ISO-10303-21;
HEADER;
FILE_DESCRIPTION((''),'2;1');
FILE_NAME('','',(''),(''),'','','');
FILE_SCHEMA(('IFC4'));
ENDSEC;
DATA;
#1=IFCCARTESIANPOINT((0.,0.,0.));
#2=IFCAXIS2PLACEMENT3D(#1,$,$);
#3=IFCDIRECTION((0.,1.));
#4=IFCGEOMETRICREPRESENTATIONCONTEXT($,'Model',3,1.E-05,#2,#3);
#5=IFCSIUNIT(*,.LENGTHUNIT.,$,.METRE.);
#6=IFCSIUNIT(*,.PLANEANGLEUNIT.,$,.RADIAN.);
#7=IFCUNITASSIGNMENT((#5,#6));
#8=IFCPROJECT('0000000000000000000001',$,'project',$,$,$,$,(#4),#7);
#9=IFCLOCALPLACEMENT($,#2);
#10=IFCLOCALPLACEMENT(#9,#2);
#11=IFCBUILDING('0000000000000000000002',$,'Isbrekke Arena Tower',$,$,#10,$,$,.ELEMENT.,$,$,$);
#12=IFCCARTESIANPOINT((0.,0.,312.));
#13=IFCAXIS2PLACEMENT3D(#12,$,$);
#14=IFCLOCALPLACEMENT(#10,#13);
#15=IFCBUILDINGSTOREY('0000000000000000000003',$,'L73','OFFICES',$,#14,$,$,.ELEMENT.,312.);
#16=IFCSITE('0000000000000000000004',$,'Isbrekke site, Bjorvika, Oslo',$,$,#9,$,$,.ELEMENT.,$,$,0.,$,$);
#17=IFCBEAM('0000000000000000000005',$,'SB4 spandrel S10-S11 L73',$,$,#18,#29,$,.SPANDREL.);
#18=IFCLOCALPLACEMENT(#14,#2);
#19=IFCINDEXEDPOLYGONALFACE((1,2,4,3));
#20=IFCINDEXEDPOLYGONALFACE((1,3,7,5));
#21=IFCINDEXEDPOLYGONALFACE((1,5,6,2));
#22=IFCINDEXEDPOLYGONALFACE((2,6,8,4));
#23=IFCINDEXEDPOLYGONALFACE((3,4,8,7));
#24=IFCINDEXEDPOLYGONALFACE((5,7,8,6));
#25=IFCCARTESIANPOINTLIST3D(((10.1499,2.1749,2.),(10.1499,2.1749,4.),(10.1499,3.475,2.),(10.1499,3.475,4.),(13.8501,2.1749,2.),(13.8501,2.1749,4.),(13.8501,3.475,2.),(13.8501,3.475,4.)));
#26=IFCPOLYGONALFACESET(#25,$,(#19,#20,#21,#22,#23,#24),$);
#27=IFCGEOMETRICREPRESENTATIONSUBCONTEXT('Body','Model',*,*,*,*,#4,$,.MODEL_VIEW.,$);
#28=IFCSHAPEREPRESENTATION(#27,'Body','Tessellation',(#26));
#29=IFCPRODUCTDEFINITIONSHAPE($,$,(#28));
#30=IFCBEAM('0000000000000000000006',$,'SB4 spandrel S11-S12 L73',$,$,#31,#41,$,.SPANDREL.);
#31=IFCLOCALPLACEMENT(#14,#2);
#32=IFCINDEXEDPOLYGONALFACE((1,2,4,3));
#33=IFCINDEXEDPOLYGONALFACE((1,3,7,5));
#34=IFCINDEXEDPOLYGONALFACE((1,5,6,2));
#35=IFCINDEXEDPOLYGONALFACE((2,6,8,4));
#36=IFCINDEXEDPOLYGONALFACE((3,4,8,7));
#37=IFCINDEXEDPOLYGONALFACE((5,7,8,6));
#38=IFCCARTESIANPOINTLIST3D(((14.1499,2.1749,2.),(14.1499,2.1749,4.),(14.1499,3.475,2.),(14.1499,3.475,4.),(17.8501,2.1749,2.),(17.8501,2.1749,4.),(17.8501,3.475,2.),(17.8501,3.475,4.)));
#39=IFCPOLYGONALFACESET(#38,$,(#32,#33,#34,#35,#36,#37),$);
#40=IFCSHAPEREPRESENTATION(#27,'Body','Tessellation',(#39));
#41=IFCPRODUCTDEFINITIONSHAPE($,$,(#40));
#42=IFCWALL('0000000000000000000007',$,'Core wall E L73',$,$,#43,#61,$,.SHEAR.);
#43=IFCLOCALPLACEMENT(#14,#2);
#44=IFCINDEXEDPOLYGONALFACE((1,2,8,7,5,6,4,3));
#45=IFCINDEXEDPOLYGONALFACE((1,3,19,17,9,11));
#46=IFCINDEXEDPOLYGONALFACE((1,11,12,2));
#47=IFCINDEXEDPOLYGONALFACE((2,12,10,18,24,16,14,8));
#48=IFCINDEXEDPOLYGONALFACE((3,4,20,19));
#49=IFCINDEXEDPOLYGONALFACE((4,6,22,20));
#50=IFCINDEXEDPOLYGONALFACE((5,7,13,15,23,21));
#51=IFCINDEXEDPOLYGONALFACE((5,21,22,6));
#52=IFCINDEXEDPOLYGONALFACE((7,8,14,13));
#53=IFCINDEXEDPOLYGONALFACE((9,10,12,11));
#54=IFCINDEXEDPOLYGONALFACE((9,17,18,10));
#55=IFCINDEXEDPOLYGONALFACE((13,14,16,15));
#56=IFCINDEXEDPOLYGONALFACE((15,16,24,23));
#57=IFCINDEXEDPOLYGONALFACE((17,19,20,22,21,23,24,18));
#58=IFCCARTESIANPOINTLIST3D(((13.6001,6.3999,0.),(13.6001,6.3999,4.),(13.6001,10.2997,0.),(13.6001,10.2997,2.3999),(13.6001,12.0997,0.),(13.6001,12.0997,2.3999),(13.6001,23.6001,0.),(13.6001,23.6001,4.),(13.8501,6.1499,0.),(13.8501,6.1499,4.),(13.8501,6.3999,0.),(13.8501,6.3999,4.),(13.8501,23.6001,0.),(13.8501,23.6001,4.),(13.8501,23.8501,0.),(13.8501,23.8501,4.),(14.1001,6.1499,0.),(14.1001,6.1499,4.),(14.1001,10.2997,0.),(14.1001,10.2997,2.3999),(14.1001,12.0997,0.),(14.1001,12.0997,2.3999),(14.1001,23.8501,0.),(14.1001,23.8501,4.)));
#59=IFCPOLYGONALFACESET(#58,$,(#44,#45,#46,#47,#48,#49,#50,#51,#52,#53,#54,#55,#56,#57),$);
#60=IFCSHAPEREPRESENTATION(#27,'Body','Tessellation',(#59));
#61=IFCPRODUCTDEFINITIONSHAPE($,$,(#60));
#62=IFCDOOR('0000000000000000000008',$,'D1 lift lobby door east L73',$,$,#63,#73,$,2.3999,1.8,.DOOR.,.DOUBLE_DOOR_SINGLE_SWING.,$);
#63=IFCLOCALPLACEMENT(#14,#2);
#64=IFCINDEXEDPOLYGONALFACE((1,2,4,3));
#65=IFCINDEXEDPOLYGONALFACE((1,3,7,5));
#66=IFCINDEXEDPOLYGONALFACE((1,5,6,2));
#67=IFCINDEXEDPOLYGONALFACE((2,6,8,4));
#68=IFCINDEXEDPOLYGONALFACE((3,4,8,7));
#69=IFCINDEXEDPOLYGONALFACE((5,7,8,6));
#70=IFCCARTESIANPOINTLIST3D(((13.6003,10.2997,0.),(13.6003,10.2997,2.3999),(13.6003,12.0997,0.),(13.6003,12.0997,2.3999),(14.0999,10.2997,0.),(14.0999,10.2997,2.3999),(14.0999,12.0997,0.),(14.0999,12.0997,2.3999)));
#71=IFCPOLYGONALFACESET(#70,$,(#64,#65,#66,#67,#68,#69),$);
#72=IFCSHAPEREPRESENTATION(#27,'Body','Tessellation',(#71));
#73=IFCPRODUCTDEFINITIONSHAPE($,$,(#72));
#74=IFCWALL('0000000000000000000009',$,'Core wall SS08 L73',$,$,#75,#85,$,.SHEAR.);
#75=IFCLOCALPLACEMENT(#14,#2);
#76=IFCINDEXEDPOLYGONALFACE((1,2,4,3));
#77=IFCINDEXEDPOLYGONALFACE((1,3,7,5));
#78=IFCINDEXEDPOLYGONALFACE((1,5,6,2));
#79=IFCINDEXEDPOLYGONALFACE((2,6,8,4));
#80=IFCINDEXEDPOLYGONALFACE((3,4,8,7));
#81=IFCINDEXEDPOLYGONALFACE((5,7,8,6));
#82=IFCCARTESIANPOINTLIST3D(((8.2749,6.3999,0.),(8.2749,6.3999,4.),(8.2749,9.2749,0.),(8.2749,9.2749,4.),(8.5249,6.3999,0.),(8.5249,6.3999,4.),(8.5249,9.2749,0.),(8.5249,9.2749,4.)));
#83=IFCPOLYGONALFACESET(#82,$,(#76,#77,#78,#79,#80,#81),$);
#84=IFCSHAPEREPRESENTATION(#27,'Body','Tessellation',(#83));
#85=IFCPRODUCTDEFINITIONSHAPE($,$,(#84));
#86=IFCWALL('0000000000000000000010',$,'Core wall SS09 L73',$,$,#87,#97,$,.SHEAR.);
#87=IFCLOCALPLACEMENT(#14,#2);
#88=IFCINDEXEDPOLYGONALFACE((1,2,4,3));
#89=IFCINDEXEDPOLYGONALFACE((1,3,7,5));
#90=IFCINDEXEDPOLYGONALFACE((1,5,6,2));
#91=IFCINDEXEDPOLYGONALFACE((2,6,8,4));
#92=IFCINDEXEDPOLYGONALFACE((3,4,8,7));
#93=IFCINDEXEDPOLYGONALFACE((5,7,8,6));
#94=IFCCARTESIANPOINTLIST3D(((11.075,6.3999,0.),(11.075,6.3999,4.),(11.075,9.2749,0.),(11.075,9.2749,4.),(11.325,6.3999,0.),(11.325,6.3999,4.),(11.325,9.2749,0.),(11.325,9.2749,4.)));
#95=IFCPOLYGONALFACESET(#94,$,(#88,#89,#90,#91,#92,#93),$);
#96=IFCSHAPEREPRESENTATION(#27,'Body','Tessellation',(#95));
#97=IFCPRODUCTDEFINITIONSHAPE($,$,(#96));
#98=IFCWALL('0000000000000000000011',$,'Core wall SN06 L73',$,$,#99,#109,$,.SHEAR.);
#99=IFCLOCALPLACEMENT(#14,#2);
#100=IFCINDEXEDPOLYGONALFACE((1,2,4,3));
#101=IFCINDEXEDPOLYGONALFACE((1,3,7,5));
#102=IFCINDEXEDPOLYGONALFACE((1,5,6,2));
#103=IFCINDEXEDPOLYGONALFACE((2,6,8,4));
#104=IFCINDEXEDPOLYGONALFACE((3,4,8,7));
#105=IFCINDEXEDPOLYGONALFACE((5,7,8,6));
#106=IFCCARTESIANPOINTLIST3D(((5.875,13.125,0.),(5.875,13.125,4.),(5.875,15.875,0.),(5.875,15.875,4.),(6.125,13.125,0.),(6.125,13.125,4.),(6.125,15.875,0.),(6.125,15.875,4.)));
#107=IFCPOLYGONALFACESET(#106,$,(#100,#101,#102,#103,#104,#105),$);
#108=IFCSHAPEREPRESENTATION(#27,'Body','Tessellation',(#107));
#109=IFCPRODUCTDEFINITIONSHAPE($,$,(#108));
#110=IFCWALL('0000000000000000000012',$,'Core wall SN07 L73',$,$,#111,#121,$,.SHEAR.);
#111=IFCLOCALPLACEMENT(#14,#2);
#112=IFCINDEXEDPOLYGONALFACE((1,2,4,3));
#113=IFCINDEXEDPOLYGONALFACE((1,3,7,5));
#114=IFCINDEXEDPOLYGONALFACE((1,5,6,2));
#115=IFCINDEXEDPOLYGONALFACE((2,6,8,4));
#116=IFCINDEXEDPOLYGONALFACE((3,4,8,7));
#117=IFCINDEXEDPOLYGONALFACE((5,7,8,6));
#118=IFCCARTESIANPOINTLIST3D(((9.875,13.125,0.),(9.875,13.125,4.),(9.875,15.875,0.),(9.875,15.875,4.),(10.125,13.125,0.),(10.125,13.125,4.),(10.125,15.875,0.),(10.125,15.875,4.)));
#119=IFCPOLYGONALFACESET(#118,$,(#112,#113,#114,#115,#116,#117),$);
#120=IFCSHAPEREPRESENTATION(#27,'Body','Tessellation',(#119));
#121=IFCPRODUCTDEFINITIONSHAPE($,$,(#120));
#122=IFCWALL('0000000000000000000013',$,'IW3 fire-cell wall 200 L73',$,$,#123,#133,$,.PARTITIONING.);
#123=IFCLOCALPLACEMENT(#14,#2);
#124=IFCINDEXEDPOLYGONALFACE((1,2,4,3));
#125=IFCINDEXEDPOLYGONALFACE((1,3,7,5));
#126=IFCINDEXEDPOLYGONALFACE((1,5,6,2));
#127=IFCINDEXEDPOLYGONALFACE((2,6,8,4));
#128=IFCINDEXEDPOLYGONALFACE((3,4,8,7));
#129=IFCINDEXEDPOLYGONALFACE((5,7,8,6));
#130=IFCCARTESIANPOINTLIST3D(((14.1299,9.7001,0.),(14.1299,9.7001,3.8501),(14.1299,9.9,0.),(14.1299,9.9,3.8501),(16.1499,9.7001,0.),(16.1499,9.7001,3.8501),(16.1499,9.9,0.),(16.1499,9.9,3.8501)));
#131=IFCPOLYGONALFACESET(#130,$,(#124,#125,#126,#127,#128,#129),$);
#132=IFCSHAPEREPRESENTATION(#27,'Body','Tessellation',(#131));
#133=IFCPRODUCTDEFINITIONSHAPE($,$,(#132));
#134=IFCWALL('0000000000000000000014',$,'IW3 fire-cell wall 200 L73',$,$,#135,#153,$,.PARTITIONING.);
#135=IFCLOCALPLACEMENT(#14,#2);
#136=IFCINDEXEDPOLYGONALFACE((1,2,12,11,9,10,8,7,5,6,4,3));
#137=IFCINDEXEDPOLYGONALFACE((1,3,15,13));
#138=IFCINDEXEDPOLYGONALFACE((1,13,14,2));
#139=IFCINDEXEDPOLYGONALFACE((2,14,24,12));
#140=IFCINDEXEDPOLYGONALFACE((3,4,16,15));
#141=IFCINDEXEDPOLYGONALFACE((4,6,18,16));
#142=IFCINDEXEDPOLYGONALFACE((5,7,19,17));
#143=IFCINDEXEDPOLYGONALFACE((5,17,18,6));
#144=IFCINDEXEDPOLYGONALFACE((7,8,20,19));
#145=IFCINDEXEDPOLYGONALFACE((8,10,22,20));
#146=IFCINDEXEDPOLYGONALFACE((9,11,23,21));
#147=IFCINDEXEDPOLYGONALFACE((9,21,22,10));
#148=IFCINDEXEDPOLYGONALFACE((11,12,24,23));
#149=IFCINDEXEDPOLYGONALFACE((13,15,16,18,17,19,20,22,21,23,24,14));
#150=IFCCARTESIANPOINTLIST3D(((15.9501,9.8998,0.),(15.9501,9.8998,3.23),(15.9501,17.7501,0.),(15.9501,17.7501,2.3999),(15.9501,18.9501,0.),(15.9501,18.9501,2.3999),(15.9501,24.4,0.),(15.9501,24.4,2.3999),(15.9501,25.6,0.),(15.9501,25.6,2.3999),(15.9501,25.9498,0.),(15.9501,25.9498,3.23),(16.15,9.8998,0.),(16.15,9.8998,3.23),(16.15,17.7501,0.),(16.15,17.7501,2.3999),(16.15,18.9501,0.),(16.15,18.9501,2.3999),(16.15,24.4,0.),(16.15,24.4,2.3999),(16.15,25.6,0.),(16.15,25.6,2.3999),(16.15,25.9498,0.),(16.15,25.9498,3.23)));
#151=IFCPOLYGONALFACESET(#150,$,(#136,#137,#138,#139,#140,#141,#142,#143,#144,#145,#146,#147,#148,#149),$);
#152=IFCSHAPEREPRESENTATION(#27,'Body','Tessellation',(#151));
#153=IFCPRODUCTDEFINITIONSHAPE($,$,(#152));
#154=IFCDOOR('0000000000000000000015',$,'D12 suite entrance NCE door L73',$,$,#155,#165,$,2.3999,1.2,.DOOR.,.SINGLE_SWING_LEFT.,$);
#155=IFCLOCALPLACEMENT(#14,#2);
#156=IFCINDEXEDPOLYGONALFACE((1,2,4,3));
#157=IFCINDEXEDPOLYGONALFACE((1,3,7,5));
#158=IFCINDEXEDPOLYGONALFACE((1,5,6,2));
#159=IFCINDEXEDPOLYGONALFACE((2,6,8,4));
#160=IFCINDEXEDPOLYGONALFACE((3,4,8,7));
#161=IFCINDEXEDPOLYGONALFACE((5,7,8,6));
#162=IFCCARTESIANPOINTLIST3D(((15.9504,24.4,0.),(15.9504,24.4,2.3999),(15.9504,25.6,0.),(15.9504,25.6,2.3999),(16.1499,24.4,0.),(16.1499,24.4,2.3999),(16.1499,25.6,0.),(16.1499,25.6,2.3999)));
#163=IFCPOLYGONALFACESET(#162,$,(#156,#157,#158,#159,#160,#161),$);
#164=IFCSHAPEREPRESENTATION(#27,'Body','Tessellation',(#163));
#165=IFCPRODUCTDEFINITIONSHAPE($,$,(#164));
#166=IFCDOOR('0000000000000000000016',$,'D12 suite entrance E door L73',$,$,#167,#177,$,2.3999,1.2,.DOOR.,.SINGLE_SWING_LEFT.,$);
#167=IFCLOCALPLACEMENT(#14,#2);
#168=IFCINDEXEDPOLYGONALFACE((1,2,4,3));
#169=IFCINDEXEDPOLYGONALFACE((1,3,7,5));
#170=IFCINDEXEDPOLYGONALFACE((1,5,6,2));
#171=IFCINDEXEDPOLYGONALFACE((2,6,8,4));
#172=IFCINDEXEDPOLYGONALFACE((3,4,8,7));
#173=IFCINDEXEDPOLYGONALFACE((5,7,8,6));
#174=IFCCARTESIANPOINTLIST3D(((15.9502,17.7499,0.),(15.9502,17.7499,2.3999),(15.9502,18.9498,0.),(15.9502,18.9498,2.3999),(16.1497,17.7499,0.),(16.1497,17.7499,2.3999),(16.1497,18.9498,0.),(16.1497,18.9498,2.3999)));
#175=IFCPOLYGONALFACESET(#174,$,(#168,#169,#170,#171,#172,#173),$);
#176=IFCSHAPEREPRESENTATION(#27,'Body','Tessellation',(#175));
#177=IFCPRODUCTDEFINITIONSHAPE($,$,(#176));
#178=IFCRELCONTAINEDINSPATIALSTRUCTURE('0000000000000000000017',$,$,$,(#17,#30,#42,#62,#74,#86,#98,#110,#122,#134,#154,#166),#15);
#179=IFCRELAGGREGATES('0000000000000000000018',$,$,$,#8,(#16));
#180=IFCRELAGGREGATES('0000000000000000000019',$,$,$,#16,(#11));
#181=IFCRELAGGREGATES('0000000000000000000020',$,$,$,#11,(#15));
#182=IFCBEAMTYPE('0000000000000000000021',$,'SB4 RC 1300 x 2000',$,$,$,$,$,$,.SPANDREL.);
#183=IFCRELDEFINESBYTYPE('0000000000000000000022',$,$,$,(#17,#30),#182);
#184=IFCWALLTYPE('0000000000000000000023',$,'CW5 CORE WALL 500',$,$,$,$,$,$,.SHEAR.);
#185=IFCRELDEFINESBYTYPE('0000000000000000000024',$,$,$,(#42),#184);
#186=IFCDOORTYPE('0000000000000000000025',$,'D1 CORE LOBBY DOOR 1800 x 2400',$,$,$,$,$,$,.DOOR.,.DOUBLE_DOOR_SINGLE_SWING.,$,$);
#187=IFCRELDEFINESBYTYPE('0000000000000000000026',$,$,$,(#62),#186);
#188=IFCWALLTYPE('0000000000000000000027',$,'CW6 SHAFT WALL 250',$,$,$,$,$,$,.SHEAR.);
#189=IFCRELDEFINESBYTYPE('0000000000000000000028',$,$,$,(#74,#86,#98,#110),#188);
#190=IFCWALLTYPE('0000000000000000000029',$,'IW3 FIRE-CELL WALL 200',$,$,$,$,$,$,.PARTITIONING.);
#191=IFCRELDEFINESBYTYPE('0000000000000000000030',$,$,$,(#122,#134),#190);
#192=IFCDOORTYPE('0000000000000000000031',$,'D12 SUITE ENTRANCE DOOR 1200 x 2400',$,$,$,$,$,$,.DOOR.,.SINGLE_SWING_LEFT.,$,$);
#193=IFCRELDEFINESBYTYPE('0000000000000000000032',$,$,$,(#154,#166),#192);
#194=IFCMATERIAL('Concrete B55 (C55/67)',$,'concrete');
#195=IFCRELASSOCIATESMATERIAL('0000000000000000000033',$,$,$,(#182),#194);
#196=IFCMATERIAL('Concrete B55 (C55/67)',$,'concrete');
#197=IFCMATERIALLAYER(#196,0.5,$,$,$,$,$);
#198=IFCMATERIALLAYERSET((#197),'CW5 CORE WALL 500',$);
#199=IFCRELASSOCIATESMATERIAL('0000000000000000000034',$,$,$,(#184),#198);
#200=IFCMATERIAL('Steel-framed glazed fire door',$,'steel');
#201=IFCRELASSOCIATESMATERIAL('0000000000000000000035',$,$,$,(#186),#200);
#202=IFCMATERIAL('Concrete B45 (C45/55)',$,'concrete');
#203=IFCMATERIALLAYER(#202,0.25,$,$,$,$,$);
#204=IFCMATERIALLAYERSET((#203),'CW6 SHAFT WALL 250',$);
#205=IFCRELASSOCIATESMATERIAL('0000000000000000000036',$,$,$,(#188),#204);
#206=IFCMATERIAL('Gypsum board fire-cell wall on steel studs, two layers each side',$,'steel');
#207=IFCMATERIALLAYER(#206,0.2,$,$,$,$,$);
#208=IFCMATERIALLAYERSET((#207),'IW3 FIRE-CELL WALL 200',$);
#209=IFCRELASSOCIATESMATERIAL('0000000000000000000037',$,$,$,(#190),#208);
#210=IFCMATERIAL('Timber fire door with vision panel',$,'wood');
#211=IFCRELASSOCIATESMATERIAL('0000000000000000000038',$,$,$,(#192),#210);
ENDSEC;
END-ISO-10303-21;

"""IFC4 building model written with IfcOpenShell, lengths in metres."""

from ifc_helpers import new_model, si_unit, direction, frame, frame_2d, origin, origin_2d, place, context, subcontext, project, spatial, polyline, rectangle, outline, extrude, material, layer, layer_set, material_profile, profile_set, type_object, element, fill, save


model = new_model("IFC4")

# Units and contexts
model_context = context("Model", 3, precision=1e-05, world=origin(), true_north=direction((0.0, 1.0)))
body_context = subcontext(model_context, "Body", "Model", "MODEL_VIEW")
ifc_project = project(units=[si_unit("LENGTHUNIT", "METRE"), si_unit("PLANEANGLEUNIT", "RADIAN")], contexts=[model_context])

# Site, building, storey
site_placement = place(None, origin())
site = spatial("IfcSite", under=ifc_project, at=site_placement, Name="Isbrekke site, Bjorvika, Oslo", CompositionType="ELEMENT", RefElevation=0.0)
building_placement = place(site_placement, origin())
building = spatial("IfcBuilding", under=site, at=building_placement, Name="Isbrekke Arena Tower", CompositionType="ELEMENT")
storey_placement = place(building_placement, frame((0.0, 0.0, 312.0)))
storey = spatial("IfcBuildingStorey", under=building, at=storey_placement, Name="L73", Description="OFFICES", CompositionType="ELEMENT", Elevation=312.0)

# Beams
ifc_material_1 = material(Name="Concrete B55 (C55/67)", Category="concrete")
ifc_material_profile_1 = material_profile(ifc_material_1, rectangle(XDim=1.3, YDim=2.0, at=origin_2d()), Name="RC 1300x2000")
ifc_profile_set_1 = profile_set([ifc_material_profile_1], Name="Concrete B55 (C55/67)")
beam_type_1 = type_object("IfcBeamType", Name="SB4 RC 1300 x 2000", PredefinedType="SPANDREL", material=ifc_profile_set_1)
for number, where, z_axis, x_axis, name in (
    (1, (10.1499, 2.825, 3.0), (1.0, 0.0, 0.0), (0.0, 1.0, 0.0), "SB4 spandrel S10-S11 L73"),
    (2, (14.1499, 2.825, 3.0), (1.0, 0.0, 0.0), (0.0, 1.0, 0.0), "SB4 spandrel S11-S12 L73"),
):
    element("IfcBeam", number, at=place(storey_placement, frame(where, z_axis=z_axis, x_axis=x_axis)), inside=storey, type_object=beam_type_1, Name=name, PredefinedType="SPANDREL", context=body_context, shape_type="SweptSolid", body=[
        extrude(rectangle(XDim=1.3, YDim=2.0, at=origin_2d()), origin(), (0.0, 0.0, 1.0), 3.7002),
    ])

# Wall, opening, door
ifc_material_2 = material(Name="Concrete B55 (C55/67)", Category="concrete")
ifc_layer_1 = layer(ifc_material_2, 0.5)
ifc_layer_set_1 = layer_set([ifc_layer_1], Name="CW5 CORE WALL 500")
wall_type_1 = type_object("IfcWallType", Name="CW5 CORE WALL 500", PredefinedType="SHEAR", material=ifc_layer_set_1)
wall_1_placement = place(storey_placement, frame((13.8501, 6.1499, 0.0), z_axis=(0.0, 0.0, 1.0), x_axis=(0.0, 1.0, 0.0)))
wall_1 = element("IfcWall", 3, at=wall_1_placement, inside=storey, type_object=wall_type_1, Name="Core wall E L73", PredefinedType="SHEAR", context=body_context, shape_type="SweptSolid", body=[
    extrude(outline(polyline([(0.0, -0.25), (17.7002, -0.25), (17.7002, 0.0), (17.4502, 0.0), (17.4502, 0.25), (0.25, 0.25), (0.25, 0.0), (0.0, 0.0), (0.0, -0.25)])), origin(), (0.0, 0.0, 1.0), 4.0),
])
opening_1_placement = place(wall_1_placement, frame((4.1499, 0.0, 0.0)))
opening_1 = element("IfcOpeningElement", 4, at=opening_1_placement, cuts=wall_1, PredefinedType="OPENING", context=body_context, shape_type="SweptSolid", body=[
    extrude(rectangle(XDim=1.8, YDim=2.3999, at=frame_2d((0.8999, 1.2))), frame((0.0, 0.2649, 0.0), z_axis=(0.0, -1.0, 0.0), x_axis=(1.0, 0.0, 0.0)), (0.0, 0.0, 1.0), 0.5298),
])
ifc_material_3 = material(Name="Steel-framed glazed fire door", Category="steel")
door_type_1 = type_object("IfcDoorType", Name="D1 CORE LOBBY DOOR 1800 x 2400", OperationType="DOUBLE_DOOR_SINGLE_SWING", PredefinedType="DOOR", material=ifc_material_3)
door_1_placement = place(opening_1_placement, origin())
door_1 = element("IfcDoor", 5, at=door_1_placement, inside=storey, type_object=door_type_1, Name="D1 lift lobby door east L73", OperationType="DOUBLE_DOOR_SINGLE_SWING", OverallHeight=2.3999, OverallWidth=1.8, PredefinedType="DOOR", context=body_context, shape_type="SweptSolid", body=[
    extrude(rectangle(XDim=1.8, YDim=2.3999, at=frame_2d((0.8999, 1.2))), frame((0.0, 0.2498, 0.0), z_axis=(0.0, -1.0, 0.0), x_axis=(1.0, 0.0, 0.0)), (0.0, 0.0, 1.0), 0.4995),
])
fill(opening_1, door_1)

# Walls
ifc_material_4 = material(Name="Concrete B45 (C45/55)", Category="concrete")
ifc_layer_2 = layer(ifc_material_4, 0.25)
ifc_layer_set_2 = layer_set([ifc_layer_2], Name="CW6 SHAFT WALL 250")
wall_type_2 = type_object("IfcWallType", Name="CW6 SHAFT WALL 250", PredefinedType="SHEAR", material=ifc_layer_set_2)
for number, where, z_axis, x_axis, name in (
    (6, (8.3999, 6.3999, 0.0), (0.0, 0.0, 1.0), (0.0, 1.0, 0.0), "Core wall SS08 L73"),
    (7, (11.2, 6.3999, 0.0), (0.0, 0.0, 1.0), (0.0, 1.0, 0.0), "Core wall SS09 L73"),
):
    element("IfcWall", number, at=place(storey_placement, frame(where, z_axis=z_axis, x_axis=x_axis)), inside=storey, type_object=wall_type_2, Name=name, PredefinedType="SHEAR", context=body_context, shape_type="SweptSolid", body=[
        extrude(rectangle(XDim=2.875, YDim=0.25, at=frame_2d((1.4375, 0.0))), origin(), (0.0, 0.0, 1.0), 4.0),
    ])
for number, where, z_axis, x_axis, name in (
    (8, (6.0, 13.125, 0.0), (0.0, 0.0, 1.0), (0.0, 1.0, 0.0), "Core wall SN06 L73"),
    (9, (10.0, 13.125, 0.0), (0.0, 0.0, 1.0), (0.0, 1.0, 0.0), "Core wall SN07 L73"),
):
    element("IfcWall", number, at=place(storey_placement, frame(where, z_axis=z_axis, x_axis=x_axis)), inside=storey, type_object=wall_type_2, Name=name, PredefinedType="SHEAR", context=body_context, shape_type="SweptSolid", body=[
        extrude(rectangle(XDim=2.75, YDim=0.25, at=frame_2d((1.375, 0.0))), origin(), (0.0, 0.0, 1.0), 4.0),
    ])

# Wall
ifc_material_5 = material(Name="Gypsum board fire-cell wall on steel studs, two layers each side", Category="steel")
ifc_layer_3 = layer(ifc_material_5, 0.2)
ifc_layer_set_3 = layer_set([ifc_layer_3], Name="IW3 FIRE-CELL WALL 200")
wall_type_3 = type_object("IfcWallType", Name="IW3 FIRE-CELL WALL 200", PredefinedType="PARTITIONING", material=ifc_layer_set_3)
wall_2_placement = place(storey_placement, frame((14.1299, 9.8, 0.0), z_axis=(0.0, 0.0, 1.0), x_axis=(1.0, 0.0, 0.0)))
element("IfcWall", 10, at=wall_2_placement, inside=storey, type_object=wall_type_3, Name="IW3 fire-cell wall 200 L73", PredefinedType="PARTITIONING", context=body_context, shape_type="SweptSolid", body=[
    extrude(rectangle(XDim=2.02, YDim=0.2, at=frame_2d((1.01, 0.0))), origin(), (0.0, 0.0, 1.0), 3.8501),
])

# Wall, openings, doors
wall_3_placement = place(storey_placement, frame((16.05, 9.8999, 0.0), z_axis=(0.0, 0.0, 1.0), x_axis=(0.0, 1.0, 0.0)))
wall_3 = element("IfcWall", 11, at=wall_3_placement, inside=storey, type_object=wall_type_3, Name="IW3 fire-cell wall 200 L73", PredefinedType="PARTITIONING", context=body_context, shape_type="SweptSolid", body=[
    extrude(rectangle(XDim=16.05, YDim=0.2, at=frame_2d((8.0249, 0.0))), origin(), (0.0, 0.0, 1.0), 3.23),
])
opening_2_placement = place(wall_3_placement, frame((14.5, 0.0, 0.0)))
opening_2 = element("IfcOpeningElement", 12, at=opening_2_placement, cuts=wall_3, PredefinedType="OPENING", context=body_context, shape_type="SweptSolid", body=[
    extrude(rectangle(XDim=1.2, YDim=2.3999, at=frame_2d((0.6001, 1.2))), frame((0.0, 0.1147, 0.0), z_axis=(0.0, -1.0, 0.0), x_axis=(1.0, 0.0, 0.0)), (0.0, 0.0, 1.0), 0.2297),
])
opening_3_placement = place(wall_3_placement, frame((7.8501, 0.0, 0.0)))
opening_3 = element("IfcOpeningElement", 13, at=opening_3_placement, cuts=wall_3, PredefinedType="OPENING", context=body_context, shape_type="SweptSolid", body=[
    extrude(rectangle(XDim=1.2, YDim=2.3999, at=frame_2d((0.6001, 1.2))), frame((0.0, 0.1147, 0.0), z_axis=(0.0, -1.0, 0.0), x_axis=(1.0, 0.0, 0.0)), (0.0, 0.0, 1.0), 0.2297),
])
ifc_material_6 = material(Name="Timber fire door with vision panel", Category="wood")
door_type_2 = type_object("IfcDoorType", Name="D12 SUITE ENTRANCE DOOR 1200 x 2400", OperationType="SINGLE_SWING_LEFT", PredefinedType="DOOR", material=ifc_material_6)
door_2_placement = place(opening_2_placement, origin())
door_2 = element("IfcDoor", 14, at=door_2_placement, inside=storey, type_object=door_type_2, Name="D12 suite entrance NCE door L73", OperationType="SINGLE_SWING_LEFT", OverallHeight=2.3999, OverallWidth=1.2, PredefinedType="DOOR", context=body_context, shape_type="SweptSolid", body=[
    extrude(rectangle(XDim=1.2, YDim=2.3999, at=frame_2d((0.6001, 1.2))), frame((0.0, 0.0996, 0.0), z_axis=(0.0, -1.0, 0.0), x_axis=(1.0, 0.0, 0.0)), (0.0, 0.0, 1.0), 0.1995),
])
fill(opening_2, door_2)
door_3_placement = place(opening_3_placement, frame((1.2, 0.0, 0.0), z_axis=(0.0, 0.0, 1.0), x_axis=(-1.0, 0.0, 0.0)))
door_3 = element("IfcDoor", 15, at=door_3_placement, inside=storey, type_object=door_type_2, Name="D12 suite entrance E door L73", OperationType="SINGLE_SWING_LEFT", OverallHeight=2.3999, OverallWidth=1.2, PredefinedType="DOOR", context=body_context, shape_type="SweptSolid", body=[
    extrude(rectangle(XDim=1.2, YDim=2.3999, at=frame_2d((0.6001, 1.2))), frame((0.0, 0.0996, 0.0), z_axis=(0.0, -1.0, 0.0), x_axis=(1.0, 0.0, 0.0)), (0.0, 0.0, 1.0), 0.1995),
])
fill(opening_3, door_3)

save(model, "model.ifc")
